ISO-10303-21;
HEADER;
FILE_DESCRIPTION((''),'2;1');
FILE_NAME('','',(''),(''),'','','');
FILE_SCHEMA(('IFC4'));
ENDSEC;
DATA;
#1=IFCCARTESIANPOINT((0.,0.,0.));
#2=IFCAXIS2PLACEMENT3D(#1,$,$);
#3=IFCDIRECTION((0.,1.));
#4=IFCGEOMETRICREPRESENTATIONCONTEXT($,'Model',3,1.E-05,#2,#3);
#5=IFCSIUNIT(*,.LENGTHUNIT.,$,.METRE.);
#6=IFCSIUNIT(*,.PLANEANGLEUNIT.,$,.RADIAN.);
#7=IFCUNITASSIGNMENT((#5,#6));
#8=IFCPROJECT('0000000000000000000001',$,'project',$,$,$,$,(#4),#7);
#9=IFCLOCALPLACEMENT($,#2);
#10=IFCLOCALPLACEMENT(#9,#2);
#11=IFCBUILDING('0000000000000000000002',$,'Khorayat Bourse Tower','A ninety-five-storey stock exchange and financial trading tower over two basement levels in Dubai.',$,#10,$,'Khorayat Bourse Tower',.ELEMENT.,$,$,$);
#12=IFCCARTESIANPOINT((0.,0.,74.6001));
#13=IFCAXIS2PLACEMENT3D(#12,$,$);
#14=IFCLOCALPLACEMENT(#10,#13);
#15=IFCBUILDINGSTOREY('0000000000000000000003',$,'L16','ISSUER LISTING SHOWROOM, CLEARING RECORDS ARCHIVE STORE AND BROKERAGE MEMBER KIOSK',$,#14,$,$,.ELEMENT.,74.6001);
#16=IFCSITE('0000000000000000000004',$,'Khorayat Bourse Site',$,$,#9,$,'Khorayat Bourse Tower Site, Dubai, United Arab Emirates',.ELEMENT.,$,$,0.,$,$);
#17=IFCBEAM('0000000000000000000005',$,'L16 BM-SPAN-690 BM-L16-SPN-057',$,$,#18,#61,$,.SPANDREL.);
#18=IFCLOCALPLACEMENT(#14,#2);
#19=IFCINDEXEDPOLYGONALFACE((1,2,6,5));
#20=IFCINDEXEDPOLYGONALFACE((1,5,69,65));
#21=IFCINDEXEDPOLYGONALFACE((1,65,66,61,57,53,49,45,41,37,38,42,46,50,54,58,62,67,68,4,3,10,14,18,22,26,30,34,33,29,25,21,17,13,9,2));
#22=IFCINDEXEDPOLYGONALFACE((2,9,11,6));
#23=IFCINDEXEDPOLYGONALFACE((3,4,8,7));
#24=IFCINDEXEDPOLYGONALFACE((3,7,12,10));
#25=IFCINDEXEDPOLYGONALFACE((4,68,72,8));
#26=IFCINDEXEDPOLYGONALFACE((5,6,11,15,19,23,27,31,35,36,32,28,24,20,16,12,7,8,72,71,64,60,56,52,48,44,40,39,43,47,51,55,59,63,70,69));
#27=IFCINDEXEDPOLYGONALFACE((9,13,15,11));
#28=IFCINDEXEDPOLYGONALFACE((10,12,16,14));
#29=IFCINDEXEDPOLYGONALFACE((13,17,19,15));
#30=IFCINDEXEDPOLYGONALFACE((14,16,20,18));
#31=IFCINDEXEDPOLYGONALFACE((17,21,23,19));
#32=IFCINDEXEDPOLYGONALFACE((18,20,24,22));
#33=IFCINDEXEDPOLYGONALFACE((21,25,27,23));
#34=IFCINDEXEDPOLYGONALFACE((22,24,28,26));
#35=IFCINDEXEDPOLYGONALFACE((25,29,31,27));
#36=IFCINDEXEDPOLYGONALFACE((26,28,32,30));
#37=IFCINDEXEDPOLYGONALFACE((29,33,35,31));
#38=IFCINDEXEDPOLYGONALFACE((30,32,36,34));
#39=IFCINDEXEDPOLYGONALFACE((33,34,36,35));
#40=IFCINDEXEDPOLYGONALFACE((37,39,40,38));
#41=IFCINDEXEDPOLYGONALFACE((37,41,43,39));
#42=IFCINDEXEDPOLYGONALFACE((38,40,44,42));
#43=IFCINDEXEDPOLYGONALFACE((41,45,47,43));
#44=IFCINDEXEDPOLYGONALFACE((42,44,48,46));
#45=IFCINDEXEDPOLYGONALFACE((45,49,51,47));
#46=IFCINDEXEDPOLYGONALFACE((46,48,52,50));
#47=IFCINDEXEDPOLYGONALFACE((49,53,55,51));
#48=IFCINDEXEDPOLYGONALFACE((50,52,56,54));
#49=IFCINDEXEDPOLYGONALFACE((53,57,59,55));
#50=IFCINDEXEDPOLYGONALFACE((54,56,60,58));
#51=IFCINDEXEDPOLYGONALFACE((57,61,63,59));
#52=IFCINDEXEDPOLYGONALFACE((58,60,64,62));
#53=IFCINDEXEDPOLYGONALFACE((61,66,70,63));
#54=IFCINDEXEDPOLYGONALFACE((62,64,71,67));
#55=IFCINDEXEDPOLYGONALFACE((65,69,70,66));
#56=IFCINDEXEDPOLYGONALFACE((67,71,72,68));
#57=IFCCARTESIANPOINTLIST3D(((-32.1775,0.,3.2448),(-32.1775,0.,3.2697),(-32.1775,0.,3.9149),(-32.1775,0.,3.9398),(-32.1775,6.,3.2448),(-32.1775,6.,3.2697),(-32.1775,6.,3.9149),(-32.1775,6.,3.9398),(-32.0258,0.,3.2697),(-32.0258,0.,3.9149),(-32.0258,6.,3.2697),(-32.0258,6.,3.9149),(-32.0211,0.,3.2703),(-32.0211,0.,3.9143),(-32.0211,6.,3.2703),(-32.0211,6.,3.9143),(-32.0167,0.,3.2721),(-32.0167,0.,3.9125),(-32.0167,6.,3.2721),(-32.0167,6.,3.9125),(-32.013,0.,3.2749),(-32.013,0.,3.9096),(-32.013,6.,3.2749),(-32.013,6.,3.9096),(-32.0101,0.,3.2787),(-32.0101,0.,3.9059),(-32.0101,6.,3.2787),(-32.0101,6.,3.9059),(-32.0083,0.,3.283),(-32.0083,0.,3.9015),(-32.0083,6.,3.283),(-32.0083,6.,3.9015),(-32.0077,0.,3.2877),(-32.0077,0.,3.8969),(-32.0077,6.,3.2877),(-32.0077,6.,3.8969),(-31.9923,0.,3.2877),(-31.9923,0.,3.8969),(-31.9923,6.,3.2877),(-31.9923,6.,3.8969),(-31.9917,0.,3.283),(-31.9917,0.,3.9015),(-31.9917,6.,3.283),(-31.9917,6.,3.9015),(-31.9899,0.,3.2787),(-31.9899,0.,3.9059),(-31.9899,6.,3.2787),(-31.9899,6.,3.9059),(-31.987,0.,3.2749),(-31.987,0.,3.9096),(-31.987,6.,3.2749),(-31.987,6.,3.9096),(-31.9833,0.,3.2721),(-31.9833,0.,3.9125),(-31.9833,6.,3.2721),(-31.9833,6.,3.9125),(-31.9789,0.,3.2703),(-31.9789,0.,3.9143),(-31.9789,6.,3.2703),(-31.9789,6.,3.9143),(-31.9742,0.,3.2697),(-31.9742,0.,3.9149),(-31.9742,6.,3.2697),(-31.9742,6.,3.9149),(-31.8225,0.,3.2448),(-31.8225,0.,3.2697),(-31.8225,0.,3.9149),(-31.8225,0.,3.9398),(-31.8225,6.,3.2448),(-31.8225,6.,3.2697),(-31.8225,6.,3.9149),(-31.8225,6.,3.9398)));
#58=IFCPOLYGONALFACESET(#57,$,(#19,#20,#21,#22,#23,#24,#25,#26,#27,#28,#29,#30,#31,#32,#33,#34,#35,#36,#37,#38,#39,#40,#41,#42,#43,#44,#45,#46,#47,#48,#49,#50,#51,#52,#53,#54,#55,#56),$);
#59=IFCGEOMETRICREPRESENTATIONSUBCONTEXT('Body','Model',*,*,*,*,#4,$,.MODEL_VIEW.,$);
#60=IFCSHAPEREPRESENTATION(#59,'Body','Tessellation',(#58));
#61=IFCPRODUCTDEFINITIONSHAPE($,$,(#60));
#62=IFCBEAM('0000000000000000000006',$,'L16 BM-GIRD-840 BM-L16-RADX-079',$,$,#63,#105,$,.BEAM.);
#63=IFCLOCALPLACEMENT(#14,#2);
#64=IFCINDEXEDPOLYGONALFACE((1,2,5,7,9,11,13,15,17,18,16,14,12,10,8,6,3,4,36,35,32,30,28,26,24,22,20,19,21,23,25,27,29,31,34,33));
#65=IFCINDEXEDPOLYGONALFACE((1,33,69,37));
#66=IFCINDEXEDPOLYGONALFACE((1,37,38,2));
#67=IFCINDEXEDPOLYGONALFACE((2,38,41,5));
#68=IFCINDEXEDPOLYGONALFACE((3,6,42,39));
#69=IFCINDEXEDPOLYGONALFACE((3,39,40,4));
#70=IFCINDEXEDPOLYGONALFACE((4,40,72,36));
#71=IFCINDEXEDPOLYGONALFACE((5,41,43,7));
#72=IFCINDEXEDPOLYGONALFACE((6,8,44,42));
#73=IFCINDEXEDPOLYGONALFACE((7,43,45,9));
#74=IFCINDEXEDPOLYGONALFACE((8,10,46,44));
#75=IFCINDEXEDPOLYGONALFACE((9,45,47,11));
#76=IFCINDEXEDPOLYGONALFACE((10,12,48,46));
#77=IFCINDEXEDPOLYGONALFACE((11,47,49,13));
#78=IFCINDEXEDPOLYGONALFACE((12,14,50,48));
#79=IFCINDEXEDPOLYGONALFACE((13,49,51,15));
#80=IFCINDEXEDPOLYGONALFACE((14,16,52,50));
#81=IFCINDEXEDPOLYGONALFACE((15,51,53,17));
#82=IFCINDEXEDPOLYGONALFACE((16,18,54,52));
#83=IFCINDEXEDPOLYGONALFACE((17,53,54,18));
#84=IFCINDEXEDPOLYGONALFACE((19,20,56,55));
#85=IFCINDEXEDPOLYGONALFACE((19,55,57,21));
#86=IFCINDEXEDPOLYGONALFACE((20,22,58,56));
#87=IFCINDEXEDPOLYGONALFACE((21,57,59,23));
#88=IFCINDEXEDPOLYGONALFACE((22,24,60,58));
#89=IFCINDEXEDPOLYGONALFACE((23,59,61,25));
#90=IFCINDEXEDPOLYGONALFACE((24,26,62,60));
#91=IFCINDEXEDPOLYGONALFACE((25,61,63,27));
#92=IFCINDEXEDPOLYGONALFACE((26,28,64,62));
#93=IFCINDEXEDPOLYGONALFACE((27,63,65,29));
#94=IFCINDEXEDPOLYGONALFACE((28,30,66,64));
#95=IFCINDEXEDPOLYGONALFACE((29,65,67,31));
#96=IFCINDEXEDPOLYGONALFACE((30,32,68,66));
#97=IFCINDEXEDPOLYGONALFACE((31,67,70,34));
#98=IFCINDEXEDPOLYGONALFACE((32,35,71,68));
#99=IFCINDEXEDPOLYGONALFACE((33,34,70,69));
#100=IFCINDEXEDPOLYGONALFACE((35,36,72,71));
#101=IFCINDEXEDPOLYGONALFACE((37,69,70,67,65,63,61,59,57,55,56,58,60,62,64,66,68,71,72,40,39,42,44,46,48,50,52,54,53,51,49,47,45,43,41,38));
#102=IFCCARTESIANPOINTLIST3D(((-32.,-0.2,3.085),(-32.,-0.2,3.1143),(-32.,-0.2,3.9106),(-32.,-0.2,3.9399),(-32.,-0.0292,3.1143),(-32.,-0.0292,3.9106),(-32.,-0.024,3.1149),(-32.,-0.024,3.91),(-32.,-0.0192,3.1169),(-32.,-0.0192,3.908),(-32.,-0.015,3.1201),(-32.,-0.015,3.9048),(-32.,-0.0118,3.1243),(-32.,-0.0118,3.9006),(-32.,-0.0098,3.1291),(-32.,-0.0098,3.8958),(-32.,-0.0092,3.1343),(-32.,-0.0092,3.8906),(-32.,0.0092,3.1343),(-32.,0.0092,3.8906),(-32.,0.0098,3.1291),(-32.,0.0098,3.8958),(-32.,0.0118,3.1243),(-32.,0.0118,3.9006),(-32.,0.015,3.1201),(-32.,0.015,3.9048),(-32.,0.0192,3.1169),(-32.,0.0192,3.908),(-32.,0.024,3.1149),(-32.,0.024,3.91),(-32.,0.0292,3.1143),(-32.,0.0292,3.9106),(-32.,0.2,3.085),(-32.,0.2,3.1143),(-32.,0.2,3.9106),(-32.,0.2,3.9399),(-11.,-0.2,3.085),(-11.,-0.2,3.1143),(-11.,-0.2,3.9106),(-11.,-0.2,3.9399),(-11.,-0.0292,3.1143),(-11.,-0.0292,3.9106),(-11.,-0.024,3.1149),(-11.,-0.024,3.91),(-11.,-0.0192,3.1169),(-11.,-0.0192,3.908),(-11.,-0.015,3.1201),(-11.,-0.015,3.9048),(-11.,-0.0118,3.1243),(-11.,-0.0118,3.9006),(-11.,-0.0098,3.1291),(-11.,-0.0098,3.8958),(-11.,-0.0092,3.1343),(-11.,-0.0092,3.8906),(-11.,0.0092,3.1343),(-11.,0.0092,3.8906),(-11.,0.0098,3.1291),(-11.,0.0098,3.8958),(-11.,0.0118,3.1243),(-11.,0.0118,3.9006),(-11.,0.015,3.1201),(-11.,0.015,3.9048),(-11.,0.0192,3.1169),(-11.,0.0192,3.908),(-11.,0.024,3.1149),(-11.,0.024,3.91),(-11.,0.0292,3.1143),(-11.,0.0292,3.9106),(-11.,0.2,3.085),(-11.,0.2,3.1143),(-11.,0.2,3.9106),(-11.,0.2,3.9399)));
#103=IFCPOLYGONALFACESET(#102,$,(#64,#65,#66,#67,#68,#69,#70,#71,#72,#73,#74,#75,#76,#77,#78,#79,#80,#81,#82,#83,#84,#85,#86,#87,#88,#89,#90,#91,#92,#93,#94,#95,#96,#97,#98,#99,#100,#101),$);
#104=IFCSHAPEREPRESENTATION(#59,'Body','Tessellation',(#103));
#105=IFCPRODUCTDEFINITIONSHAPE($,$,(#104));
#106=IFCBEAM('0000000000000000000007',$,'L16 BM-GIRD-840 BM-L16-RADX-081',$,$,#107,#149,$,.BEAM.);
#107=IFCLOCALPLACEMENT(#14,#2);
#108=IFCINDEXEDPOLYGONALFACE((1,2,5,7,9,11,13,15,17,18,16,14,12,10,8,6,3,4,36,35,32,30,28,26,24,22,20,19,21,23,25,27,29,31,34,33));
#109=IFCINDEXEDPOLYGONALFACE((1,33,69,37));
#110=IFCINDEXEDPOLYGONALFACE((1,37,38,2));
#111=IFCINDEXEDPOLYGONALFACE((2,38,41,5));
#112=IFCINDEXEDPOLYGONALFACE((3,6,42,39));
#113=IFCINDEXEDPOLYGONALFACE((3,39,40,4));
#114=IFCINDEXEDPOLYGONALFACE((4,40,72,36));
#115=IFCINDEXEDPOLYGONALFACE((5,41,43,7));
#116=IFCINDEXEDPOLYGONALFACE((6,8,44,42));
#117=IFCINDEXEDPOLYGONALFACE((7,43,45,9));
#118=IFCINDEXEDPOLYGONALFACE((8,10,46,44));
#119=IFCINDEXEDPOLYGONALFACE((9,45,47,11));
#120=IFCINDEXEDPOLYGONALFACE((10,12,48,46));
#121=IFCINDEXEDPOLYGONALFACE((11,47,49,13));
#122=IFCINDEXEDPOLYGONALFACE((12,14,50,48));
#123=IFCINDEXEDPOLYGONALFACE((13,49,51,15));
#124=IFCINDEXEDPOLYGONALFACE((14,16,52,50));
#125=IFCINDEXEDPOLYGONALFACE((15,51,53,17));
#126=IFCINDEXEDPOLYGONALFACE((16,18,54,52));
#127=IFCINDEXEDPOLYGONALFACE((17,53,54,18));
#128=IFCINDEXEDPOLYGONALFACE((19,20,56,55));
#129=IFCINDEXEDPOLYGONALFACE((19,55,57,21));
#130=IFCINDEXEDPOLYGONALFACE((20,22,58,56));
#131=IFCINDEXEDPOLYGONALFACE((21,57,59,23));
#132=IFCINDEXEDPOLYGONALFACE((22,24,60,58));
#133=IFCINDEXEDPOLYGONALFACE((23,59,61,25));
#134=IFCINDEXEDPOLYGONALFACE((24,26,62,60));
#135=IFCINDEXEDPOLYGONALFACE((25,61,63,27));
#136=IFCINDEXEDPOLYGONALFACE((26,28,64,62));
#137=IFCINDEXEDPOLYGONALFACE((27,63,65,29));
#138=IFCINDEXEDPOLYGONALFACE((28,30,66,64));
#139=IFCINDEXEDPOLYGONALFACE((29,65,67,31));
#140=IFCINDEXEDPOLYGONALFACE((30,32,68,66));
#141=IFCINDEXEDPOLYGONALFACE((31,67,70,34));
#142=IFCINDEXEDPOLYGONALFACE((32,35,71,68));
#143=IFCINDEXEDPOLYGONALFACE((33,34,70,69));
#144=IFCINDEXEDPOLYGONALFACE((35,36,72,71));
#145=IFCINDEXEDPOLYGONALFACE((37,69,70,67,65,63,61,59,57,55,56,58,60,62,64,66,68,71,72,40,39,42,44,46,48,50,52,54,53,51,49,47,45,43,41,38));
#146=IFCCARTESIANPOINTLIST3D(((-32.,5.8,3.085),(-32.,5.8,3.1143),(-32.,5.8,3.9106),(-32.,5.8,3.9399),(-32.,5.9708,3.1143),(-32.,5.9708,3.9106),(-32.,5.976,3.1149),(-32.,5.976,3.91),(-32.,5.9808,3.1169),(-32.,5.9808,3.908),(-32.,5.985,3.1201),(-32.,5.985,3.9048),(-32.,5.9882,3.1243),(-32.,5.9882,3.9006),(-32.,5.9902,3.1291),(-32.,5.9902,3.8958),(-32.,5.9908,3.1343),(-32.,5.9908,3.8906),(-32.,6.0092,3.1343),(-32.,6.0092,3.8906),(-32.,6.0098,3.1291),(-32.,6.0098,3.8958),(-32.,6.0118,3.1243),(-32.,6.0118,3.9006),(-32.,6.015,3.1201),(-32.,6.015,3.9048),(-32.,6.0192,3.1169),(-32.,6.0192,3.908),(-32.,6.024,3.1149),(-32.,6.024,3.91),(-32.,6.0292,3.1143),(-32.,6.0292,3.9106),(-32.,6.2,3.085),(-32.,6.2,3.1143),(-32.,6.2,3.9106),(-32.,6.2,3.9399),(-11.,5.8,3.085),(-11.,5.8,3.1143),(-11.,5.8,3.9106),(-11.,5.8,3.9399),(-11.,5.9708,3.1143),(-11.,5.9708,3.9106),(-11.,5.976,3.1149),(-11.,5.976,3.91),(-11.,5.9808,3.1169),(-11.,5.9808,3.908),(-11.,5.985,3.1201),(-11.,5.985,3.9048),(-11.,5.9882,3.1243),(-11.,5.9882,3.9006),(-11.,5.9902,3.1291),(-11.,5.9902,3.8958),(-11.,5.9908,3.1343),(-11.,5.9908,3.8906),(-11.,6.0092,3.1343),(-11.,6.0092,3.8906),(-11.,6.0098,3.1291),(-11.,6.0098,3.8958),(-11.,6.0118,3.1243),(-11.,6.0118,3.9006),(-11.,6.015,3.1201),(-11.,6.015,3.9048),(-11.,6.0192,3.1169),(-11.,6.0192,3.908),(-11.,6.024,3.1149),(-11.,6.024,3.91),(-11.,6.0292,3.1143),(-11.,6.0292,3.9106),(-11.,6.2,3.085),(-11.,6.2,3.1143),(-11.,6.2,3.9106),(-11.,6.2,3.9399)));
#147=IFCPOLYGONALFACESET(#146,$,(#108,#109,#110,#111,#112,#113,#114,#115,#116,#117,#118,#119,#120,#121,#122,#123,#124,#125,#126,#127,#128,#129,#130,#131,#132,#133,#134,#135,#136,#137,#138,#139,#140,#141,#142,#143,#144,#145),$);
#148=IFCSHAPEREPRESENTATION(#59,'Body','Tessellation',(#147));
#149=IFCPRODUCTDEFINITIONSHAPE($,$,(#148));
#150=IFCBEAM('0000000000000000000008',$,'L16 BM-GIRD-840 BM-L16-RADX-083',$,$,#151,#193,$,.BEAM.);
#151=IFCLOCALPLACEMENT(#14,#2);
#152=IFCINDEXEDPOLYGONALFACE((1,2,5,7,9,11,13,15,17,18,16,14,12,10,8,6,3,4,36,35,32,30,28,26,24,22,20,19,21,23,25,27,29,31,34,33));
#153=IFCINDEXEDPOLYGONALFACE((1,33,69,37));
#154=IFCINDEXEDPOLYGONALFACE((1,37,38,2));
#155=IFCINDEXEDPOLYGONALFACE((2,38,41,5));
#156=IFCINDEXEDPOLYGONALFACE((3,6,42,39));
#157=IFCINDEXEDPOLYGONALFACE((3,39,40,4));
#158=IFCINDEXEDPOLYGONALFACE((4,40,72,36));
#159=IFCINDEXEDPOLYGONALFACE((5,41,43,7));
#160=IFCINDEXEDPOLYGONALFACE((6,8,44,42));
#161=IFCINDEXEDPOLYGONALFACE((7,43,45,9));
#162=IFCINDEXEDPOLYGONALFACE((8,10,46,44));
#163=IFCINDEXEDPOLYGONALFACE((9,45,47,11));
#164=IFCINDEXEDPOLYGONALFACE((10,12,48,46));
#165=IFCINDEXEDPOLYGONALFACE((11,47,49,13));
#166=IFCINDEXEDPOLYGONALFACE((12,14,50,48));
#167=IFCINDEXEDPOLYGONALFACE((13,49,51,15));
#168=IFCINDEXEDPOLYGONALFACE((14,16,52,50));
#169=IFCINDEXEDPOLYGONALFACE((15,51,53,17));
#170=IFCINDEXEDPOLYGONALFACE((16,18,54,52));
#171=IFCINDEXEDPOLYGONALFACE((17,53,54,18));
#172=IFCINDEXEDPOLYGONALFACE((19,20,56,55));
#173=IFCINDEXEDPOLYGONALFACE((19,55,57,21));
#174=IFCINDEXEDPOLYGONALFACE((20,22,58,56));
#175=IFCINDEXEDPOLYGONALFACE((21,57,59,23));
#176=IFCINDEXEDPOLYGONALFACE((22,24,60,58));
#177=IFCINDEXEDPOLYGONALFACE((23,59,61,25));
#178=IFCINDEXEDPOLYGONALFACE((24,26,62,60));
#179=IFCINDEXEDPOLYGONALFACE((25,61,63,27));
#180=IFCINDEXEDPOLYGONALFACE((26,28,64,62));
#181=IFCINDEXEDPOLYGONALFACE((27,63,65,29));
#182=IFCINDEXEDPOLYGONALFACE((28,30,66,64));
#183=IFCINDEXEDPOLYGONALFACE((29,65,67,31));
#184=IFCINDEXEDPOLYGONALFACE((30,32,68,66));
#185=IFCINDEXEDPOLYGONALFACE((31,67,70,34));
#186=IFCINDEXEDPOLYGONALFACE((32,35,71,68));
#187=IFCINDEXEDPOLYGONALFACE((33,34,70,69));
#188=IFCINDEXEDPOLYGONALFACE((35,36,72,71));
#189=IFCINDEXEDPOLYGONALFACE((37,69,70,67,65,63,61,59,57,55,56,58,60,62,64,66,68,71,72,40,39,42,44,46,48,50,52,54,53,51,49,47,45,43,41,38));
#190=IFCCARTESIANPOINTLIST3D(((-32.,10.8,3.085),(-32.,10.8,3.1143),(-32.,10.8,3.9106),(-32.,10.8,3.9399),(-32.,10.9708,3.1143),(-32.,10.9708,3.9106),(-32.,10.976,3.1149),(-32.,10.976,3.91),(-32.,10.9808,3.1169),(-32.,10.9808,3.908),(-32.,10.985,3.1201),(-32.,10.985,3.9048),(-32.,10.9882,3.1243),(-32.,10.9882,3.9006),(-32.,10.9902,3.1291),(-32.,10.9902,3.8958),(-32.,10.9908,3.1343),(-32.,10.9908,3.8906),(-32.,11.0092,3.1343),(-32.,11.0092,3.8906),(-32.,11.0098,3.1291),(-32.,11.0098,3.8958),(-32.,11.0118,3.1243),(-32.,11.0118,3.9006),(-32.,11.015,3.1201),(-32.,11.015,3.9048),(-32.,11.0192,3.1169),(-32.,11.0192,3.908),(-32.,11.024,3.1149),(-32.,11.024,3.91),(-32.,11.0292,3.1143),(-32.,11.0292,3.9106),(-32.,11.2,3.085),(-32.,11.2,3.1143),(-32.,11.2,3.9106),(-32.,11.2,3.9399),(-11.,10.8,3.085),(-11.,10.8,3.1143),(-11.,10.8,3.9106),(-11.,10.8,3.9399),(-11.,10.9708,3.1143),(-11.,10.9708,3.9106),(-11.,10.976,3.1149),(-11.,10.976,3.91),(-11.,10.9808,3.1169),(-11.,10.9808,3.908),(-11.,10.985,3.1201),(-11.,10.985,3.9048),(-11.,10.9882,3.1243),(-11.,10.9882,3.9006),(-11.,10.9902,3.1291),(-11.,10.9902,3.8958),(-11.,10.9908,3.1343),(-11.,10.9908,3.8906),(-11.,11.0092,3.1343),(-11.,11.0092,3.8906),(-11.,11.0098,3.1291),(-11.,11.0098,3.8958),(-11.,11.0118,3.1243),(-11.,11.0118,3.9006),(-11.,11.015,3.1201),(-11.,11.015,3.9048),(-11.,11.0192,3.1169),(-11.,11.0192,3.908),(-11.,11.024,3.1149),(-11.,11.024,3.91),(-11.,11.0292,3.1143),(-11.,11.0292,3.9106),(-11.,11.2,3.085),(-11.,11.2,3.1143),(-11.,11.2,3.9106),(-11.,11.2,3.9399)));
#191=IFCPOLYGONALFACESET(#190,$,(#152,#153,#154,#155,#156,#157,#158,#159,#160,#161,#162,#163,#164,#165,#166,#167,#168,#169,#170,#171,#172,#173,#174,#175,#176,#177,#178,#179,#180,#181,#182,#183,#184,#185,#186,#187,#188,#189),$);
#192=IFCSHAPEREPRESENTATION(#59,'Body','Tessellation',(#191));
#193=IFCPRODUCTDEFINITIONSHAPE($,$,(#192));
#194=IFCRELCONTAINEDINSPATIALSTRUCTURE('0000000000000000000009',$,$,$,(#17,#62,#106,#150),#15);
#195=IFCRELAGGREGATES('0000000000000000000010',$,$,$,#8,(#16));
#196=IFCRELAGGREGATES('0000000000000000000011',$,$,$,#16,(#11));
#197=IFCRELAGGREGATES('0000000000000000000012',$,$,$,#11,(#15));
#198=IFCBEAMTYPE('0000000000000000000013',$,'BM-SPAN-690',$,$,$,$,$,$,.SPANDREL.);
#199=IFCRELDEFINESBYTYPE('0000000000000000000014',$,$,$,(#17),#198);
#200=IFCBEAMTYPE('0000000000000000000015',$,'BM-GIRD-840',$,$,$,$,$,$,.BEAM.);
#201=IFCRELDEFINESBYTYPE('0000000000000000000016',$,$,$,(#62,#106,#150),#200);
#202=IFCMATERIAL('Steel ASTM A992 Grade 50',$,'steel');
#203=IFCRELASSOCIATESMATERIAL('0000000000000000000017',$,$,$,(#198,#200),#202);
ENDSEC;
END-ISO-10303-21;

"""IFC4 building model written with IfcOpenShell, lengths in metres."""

from ifc_helpers import new_model, si_unit, direction, frame, origin, origin_2d, place, context, subcontext, project, spatial, i_section, extrude, source, transform, mapped, material, material_profile, profile_set, type_object, element, save


model = new_model("IFC4")

# Units and contexts
model_context = context("Model", 3, precision=1e-05, world=origin(), true_north=direction((0.0, 1.0)))
body_context = subcontext(model_context, "Body", "Model", "MODEL_VIEW")
ifc_project = project(units=[si_unit("LENGTHUNIT", "METRE"), si_unit("PLANEANGLEUNIT", "RADIAN")], contexts=[model_context])

# Site, building, storey
site_placement = place(None, origin())
site = spatial("IfcSite", under=ifc_project, at=site_placement, Name="Khorayat Bourse Site", LongName="Khorayat Bourse Tower Site, Dubai, United Arab Emirates", CompositionType="ELEMENT", RefElevation=0.0)
building_placement = place(site_placement, origin())
building = spatial("IfcBuilding", under=site, at=building_placement, Name="Khorayat Bourse Tower", Description="A ninety-five-storey stock exchange and financial trading tower over two basement levels in Dubai.", LongName="Khorayat Bourse Tower", CompositionType="ELEMENT")
storey_placement = place(building_placement, frame((0.0, 0.0, 74.6001)))
storey = spatial("IfcBuildingStorey", under=building, at=storey_placement, Name="L16", Description="ISSUER LISTING SHOWROOM, CLEARING RECORDS ARCHIVE STORE AND BROKERAGE MEMBER KIOSK", CompositionType="ELEMENT", Elevation=74.6001)

# Beams
ifc_material_1 = material(Name="Steel ASTM A992 Grade 50", Category="steel")
ifc_material_profile_1 = material_profile(ifc_material_1, i_section(OverallWidth=0.355, OverallDepth=0.6951, WebThickness=0.0154, FlangeThickness=0.0249, FilletRadius=0.0181, at=origin_2d()), Name="W690X217")
ifc_profile_set_1 = profile_set([ifc_material_profile_1], Name="Steel ASTM A992 Grade 50")
beam_type_1 = type_object("IfcBeamType", Name="BM-SPAN-690", PredefinedType="SPANDREL", material=ifc_profile_set_1)
shared_shape_1 = source(origin(), body_context, "Body", "SweptSolid", [
    extrude(i_section(OverallWidth=0.355, OverallDepth=0.6951, WebThickness=0.0154, FlangeThickness=0.0249, FilletRadius=0.0181, at=origin_2d()), origin(), (0.0, 0.0, 1.0), 6.0),
])
beam_1_placement = place(storey_placement, frame((-32.0, 0.0, 3.5923), z_axis=(0.0, 1.0, 0.0), x_axis=(-1.0, 0.0, 0.0)))
element("IfcBeam", 1, at=beam_1_placement, inside=storey, type_object=beam_type_1, Name="L16 BM-SPAN-690 BM-L16-SPN-057", PredefinedType="SPANDREL", context=body_context, shape_type="MappedRepresentation", body=[
    mapped(shared_shape_1, transform((0.0, 0.0, 0.0), scale=1.0)),
])
ifc_material_profile_2 = material_profile(ifc_material_1, i_section(OverallWidth=0.3999, OverallDepth=0.855, WebThickness=0.0183, FlangeThickness=0.0293, FilletRadius=0.02, at=origin_2d()), Name="W840X299")
ifc_profile_set_2 = profile_set([ifc_material_profile_2], Name="Steel ASTM A992 Grade 50")
beam_type_2 = type_object("IfcBeamType", Name="BM-GIRD-840", PredefinedType="BEAM", material=ifc_profile_set_2)
shared_shape_2 = source(origin(), body_context, "Body", "SweptSolid", [
    extrude(i_section(OverallWidth=0.3999, OverallDepth=0.855, WebThickness=0.0183, FlangeThickness=0.0293, FilletRadius=0.02, at=origin_2d()), origin(), (0.0, 0.0, 1.0), 21.0),
])
for number, where, z_axis, x_axis, name in (
    (2, (-32.0, 0.0, 3.5125), (1.0, 0.0, 0.0), (0.0, 1.0, 0.0), "L16 BM-GIRD-840 BM-L16-RADX-079"),
    (3, (-32.0, 6.0, 3.5125), (1.0, 0.0, 0.0), (0.0, 1.0, 0.0), "L16 BM-GIRD-840 BM-L16-RADX-081"),
    (4, (-32.0, 11.0, 3.5125), (1.0, 0.0, 0.0), (0.0, 1.0, 0.0), "L16 BM-GIRD-840 BM-L16-RADX-083"),
):
    element("IfcBeam", number, at=place(storey_placement, frame(where, z_axis=z_axis, x_axis=x_axis)), inside=storey, type_object=beam_type_2, Name=name, PredefinedType="BEAM", context=body_context, shape_type="MappedRepresentation", body=[
        mapped(shared_shape_2, transform((0.0, 0.0, 0.0), scale=1.0)),
    ])

save(model, "model.ifc")
